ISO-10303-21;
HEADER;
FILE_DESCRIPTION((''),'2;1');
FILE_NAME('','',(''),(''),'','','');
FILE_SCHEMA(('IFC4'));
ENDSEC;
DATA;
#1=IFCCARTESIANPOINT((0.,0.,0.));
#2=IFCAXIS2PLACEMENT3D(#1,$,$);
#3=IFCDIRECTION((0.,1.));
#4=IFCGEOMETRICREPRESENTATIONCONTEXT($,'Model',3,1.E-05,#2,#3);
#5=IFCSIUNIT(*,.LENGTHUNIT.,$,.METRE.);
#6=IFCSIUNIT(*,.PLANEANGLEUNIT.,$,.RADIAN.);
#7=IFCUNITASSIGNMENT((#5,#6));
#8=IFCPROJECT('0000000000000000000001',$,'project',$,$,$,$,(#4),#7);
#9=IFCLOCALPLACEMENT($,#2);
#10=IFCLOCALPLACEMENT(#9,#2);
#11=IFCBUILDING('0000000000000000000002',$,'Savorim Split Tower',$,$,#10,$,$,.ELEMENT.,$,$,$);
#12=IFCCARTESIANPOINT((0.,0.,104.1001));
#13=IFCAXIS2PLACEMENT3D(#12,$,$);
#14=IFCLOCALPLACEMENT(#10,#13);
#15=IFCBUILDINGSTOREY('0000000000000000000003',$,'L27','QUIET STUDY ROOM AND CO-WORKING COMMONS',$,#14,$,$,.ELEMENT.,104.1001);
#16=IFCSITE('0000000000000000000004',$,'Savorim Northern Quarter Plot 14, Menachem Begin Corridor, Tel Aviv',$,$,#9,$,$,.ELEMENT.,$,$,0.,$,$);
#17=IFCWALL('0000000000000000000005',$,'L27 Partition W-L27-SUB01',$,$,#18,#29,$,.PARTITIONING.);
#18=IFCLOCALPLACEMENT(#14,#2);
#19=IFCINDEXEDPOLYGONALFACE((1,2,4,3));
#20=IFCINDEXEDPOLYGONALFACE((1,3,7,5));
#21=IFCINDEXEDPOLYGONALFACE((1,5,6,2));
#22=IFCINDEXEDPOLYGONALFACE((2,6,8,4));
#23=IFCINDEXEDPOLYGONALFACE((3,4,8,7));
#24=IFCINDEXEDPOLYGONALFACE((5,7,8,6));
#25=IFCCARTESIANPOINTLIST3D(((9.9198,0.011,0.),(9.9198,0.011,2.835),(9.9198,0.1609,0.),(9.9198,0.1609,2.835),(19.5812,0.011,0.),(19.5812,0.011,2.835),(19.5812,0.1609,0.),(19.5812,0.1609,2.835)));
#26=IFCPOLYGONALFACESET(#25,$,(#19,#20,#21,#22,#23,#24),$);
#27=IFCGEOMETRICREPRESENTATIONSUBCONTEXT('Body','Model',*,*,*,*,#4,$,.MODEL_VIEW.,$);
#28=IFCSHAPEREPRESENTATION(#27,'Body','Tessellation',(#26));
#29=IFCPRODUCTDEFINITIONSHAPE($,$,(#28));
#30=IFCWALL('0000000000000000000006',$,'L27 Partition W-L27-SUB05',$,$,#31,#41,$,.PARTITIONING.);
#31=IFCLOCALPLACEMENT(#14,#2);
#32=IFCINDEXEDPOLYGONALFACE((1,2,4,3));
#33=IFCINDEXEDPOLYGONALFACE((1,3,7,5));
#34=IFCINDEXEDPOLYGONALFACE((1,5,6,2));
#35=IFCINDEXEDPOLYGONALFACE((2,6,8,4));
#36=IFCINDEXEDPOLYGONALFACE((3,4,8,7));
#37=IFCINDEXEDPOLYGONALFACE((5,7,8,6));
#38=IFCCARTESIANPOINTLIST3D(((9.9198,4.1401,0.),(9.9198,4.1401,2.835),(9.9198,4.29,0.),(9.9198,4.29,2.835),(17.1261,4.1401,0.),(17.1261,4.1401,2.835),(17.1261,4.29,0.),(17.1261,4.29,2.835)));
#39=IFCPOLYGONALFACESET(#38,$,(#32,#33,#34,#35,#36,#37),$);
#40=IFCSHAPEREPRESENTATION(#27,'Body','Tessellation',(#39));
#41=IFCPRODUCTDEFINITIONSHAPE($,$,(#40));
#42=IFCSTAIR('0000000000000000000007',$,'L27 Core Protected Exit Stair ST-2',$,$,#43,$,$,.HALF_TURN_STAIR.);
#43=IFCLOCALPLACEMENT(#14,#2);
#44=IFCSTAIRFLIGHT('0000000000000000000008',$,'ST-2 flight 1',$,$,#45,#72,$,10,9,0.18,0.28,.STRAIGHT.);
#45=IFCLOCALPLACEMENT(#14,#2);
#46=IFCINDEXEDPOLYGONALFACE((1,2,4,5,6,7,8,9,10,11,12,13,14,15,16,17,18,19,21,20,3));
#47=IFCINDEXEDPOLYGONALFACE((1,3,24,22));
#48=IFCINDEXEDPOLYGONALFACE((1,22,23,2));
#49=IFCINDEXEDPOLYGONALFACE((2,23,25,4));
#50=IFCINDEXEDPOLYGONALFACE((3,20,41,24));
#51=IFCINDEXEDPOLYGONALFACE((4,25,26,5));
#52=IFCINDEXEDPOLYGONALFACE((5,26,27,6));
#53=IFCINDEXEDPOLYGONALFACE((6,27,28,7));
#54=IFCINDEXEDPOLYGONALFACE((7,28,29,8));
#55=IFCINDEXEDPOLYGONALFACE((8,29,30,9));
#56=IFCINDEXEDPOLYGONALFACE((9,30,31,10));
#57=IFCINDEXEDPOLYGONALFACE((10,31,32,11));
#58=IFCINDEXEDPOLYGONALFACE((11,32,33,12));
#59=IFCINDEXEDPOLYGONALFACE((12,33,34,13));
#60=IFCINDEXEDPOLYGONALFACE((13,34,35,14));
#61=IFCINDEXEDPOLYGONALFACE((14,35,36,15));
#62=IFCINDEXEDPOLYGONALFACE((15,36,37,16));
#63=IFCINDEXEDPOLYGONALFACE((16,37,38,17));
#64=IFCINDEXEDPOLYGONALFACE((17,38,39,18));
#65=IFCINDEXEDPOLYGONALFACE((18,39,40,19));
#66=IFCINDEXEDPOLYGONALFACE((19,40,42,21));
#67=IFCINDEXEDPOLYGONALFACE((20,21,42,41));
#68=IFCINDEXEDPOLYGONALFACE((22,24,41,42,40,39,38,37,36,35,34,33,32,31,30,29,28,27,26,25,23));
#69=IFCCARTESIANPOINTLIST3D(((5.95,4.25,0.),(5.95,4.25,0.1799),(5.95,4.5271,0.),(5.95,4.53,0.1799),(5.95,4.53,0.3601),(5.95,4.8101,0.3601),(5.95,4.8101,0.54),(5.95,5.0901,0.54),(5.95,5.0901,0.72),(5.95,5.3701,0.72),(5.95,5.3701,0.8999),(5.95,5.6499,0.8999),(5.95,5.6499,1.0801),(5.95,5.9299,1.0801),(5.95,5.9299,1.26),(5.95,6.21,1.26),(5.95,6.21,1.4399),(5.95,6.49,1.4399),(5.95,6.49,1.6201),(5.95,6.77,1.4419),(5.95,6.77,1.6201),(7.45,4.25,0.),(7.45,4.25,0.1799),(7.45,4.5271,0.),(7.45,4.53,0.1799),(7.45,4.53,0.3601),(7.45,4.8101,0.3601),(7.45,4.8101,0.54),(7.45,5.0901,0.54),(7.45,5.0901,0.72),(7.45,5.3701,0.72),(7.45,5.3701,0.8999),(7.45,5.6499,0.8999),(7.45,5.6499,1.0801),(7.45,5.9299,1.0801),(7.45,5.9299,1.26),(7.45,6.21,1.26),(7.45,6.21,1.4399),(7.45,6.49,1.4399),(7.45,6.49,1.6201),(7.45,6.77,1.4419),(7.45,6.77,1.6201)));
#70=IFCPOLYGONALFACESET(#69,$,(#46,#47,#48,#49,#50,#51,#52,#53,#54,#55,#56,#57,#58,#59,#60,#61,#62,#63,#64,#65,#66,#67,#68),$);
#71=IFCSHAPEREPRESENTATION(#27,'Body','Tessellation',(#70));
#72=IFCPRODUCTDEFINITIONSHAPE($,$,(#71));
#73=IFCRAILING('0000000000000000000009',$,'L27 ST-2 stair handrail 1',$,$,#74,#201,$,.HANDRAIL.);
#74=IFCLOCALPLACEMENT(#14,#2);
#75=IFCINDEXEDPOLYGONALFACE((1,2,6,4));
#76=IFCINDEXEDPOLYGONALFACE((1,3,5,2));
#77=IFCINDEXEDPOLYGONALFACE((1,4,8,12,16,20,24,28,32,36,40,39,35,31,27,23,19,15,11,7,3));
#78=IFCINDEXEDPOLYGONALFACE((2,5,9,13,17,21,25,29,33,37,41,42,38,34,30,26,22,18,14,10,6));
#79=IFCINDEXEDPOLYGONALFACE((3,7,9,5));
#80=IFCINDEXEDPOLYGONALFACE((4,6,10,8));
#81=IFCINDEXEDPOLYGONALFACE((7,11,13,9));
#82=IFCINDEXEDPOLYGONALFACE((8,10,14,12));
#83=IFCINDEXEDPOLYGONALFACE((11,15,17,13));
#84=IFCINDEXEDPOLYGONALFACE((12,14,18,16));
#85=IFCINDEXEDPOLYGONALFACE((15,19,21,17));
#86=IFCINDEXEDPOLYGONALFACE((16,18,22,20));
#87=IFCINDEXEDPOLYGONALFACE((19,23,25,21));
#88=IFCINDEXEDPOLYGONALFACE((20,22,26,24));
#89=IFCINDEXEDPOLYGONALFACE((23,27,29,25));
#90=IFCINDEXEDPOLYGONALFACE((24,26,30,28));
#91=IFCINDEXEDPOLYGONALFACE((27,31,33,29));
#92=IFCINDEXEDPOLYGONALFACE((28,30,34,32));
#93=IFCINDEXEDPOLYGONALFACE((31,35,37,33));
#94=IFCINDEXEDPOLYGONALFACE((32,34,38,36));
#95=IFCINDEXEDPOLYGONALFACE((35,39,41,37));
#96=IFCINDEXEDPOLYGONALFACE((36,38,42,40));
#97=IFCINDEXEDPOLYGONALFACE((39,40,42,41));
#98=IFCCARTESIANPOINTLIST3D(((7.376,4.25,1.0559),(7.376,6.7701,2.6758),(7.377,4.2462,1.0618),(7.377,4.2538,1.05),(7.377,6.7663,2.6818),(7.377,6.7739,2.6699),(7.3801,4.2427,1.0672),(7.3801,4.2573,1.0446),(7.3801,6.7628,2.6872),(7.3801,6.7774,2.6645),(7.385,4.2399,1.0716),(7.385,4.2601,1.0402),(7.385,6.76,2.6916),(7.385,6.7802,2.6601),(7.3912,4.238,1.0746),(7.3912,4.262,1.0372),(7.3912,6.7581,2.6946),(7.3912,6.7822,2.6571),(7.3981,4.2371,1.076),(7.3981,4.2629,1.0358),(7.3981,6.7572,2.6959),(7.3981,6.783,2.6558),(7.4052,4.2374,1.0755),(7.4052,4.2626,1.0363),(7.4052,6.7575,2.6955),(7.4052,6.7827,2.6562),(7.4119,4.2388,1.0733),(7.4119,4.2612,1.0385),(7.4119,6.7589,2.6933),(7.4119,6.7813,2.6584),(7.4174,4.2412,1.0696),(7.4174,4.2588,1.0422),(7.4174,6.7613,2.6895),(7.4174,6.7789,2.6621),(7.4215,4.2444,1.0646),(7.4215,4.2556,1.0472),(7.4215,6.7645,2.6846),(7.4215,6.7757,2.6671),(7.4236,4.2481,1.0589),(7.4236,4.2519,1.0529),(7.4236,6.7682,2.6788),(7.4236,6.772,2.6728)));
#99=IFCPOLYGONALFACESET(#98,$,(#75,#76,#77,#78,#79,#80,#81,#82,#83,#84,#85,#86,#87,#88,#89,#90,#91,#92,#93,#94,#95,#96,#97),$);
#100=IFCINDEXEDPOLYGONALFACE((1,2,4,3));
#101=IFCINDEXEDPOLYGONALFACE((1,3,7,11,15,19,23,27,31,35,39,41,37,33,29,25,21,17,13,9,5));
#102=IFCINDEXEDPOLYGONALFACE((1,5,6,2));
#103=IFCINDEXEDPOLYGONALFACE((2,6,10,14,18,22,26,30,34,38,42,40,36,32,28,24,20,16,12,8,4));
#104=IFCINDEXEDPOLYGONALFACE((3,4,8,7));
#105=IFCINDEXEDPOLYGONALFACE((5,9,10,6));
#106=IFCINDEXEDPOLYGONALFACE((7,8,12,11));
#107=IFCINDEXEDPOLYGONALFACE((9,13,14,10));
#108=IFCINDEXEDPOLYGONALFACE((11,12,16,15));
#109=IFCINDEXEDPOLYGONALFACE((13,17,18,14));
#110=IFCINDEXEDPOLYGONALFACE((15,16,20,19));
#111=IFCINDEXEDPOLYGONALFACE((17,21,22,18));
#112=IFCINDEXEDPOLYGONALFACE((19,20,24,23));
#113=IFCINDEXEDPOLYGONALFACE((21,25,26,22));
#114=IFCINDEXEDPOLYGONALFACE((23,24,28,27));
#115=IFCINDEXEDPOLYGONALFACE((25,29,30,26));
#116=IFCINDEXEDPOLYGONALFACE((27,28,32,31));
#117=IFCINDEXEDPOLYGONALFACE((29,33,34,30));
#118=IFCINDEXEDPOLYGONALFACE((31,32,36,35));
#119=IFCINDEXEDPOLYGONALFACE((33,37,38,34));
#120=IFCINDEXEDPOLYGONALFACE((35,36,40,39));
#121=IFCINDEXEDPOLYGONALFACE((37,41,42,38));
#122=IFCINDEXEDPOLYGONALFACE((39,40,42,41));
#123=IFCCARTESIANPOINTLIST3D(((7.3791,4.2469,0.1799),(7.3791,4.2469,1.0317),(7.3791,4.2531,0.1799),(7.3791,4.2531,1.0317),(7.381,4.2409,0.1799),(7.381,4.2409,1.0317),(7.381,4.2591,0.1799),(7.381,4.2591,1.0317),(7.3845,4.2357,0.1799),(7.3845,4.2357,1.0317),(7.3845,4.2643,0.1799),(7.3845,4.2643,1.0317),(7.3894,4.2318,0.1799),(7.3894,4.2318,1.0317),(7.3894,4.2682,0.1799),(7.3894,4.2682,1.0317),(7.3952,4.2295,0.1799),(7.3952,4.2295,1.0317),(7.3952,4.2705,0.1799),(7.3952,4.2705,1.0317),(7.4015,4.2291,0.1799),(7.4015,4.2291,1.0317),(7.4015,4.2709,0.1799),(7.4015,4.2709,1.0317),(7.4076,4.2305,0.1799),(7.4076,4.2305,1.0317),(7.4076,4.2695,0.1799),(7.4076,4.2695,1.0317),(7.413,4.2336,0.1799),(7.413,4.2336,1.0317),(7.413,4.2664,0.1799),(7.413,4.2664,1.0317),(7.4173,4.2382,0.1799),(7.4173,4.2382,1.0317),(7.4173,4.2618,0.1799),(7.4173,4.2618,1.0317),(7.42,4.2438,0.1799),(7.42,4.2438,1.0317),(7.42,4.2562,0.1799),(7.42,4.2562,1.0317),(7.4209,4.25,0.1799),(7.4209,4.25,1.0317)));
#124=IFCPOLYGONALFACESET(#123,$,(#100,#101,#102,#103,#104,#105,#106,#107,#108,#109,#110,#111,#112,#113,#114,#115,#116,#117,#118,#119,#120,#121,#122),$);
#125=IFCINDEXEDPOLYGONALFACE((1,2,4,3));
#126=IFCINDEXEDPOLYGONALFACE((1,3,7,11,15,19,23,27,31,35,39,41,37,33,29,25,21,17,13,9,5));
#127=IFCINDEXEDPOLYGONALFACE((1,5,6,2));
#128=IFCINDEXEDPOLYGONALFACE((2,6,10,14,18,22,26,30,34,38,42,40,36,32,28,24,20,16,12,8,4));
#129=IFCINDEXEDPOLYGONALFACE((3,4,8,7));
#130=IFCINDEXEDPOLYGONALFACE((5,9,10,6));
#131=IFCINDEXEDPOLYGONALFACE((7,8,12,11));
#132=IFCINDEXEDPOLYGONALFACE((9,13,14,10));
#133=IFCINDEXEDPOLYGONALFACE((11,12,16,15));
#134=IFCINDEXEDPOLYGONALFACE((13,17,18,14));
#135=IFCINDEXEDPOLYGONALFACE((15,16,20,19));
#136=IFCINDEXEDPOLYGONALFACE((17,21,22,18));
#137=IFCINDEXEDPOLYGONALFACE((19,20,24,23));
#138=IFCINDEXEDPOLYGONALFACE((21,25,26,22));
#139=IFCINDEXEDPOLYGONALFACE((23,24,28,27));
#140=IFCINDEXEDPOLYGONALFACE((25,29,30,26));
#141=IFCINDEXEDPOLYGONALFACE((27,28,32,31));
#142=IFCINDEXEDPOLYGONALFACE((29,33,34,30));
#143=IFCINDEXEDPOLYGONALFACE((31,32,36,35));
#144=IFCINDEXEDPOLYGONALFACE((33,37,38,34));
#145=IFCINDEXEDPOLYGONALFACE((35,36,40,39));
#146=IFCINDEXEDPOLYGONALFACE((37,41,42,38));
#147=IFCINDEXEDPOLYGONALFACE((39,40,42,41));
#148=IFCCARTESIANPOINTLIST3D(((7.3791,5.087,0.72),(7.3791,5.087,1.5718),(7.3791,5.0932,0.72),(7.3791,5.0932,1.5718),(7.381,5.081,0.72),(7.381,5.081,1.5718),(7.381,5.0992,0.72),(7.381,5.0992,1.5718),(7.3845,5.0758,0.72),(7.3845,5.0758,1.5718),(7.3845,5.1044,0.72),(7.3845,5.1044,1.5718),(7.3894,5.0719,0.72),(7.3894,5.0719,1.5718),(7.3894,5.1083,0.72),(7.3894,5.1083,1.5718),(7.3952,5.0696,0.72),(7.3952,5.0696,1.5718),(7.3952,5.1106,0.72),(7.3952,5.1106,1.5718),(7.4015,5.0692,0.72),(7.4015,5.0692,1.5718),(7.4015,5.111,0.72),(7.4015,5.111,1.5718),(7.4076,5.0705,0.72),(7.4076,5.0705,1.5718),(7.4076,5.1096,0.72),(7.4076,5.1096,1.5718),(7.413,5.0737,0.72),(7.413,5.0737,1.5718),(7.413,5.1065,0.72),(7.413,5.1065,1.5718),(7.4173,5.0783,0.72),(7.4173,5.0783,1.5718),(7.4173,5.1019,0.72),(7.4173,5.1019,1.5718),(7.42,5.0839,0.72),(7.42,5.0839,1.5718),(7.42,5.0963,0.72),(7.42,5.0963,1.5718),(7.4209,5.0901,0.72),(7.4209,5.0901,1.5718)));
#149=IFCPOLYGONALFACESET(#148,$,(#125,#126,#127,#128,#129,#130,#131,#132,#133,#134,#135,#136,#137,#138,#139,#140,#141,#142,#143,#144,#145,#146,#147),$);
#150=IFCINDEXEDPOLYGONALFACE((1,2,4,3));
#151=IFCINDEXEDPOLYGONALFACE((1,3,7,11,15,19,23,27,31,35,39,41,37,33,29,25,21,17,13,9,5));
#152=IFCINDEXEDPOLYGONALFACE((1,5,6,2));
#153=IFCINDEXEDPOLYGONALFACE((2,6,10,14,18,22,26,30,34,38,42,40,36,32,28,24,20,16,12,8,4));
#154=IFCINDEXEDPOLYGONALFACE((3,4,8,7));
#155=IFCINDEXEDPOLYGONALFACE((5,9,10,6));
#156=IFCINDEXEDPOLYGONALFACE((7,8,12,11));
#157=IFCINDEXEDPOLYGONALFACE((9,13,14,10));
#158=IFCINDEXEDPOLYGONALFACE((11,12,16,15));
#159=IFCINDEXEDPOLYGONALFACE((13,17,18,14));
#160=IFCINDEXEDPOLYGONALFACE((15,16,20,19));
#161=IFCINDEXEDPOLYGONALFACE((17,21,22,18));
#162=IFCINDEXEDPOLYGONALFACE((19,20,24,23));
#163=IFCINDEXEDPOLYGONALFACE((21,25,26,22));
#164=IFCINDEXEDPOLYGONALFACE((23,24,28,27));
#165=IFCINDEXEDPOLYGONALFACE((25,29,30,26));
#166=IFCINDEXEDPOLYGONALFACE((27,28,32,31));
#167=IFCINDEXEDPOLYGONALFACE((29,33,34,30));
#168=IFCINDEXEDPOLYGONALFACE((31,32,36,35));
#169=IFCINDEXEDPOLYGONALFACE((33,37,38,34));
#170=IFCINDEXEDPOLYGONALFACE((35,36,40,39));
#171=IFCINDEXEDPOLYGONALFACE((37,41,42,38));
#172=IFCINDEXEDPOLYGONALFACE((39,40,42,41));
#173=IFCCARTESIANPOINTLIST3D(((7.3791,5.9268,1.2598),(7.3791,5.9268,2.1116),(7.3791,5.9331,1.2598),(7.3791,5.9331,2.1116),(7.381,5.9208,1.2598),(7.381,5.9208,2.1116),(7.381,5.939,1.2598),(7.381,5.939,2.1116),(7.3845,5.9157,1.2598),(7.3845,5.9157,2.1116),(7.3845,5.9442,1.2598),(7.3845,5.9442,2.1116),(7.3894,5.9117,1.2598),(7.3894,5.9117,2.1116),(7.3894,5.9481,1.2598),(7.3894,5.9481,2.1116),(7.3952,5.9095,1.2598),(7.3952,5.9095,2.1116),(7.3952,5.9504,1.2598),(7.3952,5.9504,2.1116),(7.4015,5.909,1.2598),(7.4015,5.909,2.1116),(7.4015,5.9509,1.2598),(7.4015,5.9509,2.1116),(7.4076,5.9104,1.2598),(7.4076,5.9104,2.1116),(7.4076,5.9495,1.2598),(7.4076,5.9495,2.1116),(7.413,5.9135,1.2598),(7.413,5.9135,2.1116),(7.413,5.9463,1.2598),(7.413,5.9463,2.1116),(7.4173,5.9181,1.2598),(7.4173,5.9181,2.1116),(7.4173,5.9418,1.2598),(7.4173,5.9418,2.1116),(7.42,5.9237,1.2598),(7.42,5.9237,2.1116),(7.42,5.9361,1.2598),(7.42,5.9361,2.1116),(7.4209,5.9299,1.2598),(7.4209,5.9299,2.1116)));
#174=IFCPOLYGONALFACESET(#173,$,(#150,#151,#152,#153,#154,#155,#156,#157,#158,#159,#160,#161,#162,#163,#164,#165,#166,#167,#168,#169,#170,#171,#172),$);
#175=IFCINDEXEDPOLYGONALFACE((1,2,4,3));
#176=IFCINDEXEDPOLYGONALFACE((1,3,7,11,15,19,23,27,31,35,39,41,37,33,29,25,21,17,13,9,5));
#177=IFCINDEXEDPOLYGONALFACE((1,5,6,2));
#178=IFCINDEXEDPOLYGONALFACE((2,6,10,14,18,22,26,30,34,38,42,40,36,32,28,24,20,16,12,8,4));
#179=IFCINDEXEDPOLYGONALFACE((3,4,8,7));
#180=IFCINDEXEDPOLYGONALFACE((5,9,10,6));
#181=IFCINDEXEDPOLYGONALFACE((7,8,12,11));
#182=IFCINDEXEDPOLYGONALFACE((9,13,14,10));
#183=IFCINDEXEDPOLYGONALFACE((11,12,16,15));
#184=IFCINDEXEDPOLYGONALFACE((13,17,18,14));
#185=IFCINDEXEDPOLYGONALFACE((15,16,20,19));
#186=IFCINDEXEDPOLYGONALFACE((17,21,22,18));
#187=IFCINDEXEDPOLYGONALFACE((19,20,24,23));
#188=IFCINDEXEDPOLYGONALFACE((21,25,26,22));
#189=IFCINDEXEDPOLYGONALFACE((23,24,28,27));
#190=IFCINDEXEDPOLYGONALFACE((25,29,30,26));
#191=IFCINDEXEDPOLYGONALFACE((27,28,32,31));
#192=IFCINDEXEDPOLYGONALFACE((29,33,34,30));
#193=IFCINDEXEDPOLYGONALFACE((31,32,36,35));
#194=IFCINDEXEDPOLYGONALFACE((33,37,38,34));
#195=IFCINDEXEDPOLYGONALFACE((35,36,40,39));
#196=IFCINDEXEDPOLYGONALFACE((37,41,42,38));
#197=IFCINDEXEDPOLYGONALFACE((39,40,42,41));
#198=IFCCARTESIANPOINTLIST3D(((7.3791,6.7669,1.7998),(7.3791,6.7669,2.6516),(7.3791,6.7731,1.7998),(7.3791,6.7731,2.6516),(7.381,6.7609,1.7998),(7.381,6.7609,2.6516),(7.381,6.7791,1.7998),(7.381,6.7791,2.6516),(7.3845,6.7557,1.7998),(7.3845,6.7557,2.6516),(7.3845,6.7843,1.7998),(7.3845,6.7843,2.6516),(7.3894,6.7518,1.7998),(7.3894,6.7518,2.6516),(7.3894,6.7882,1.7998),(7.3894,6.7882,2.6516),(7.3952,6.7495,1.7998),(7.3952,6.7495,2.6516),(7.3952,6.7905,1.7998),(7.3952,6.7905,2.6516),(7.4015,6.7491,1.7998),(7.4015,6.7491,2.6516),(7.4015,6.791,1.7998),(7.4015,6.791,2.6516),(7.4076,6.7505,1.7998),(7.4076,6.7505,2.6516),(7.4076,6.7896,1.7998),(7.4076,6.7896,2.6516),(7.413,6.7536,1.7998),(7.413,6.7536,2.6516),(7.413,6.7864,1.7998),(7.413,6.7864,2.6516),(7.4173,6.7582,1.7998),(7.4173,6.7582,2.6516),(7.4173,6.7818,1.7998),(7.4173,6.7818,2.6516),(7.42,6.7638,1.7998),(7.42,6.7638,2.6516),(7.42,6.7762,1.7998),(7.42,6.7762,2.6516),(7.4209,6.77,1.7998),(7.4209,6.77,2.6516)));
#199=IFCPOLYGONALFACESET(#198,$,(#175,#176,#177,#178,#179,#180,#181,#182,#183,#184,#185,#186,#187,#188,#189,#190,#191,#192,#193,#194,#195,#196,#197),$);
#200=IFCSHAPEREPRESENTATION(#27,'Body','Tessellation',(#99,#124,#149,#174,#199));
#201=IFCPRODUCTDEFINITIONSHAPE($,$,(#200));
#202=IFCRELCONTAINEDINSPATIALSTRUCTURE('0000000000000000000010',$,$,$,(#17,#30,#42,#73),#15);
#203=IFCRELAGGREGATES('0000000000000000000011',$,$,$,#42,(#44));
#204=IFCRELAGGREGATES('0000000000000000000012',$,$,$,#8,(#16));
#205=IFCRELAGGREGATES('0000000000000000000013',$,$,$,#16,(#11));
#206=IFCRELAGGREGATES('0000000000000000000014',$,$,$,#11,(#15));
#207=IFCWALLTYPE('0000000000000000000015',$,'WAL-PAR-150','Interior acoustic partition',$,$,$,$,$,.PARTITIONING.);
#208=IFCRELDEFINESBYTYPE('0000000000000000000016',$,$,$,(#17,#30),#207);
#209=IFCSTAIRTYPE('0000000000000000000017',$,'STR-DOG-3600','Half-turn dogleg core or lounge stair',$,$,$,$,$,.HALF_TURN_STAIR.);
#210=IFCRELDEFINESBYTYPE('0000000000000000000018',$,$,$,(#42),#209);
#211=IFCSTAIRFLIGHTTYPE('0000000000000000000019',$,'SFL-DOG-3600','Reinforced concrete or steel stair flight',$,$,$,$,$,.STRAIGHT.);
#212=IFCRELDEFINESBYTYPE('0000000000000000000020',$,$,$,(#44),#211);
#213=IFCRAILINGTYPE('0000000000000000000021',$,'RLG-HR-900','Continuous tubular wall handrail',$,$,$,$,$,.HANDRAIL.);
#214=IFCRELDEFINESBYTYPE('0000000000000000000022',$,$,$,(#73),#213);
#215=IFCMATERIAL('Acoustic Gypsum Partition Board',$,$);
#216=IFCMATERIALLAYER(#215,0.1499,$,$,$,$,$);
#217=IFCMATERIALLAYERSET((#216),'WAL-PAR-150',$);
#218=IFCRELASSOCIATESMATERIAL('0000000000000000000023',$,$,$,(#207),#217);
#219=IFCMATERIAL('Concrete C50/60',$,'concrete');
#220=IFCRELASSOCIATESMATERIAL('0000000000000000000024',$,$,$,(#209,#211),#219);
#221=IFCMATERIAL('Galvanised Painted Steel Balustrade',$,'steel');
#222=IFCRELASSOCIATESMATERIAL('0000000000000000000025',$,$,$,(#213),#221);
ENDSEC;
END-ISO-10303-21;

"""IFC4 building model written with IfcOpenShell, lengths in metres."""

from ifc_helpers import new_model, si_unit, direction, frame, frame_2d, origin, origin_2d, place, context, subcontext, project, spatial, polyline, rectangle, circle, outline, extrude, material, layer, layer_set, type_object, element, aggregate, save


model = new_model("IFC4")

# Units and contexts
model_context = context("Model", 3, precision=1e-05, world=origin(), true_north=direction((0.0, 1.0)))
body_context = subcontext(model_context, "Body", "Model", "MODEL_VIEW")
ifc_project = project(units=[si_unit("LENGTHUNIT", "METRE"), si_unit("PLANEANGLEUNIT", "RADIAN")], contexts=[model_context])

# Site, building, storey
site_placement = place(None, origin())
site = spatial("IfcSite", under=ifc_project, at=site_placement, Name="Savorim Northern Quarter Plot 14, Menachem Begin Corridor, Tel Aviv", CompositionType="ELEMENT", RefElevation=0.0)
building_placement = place(site_placement, origin())
building = spatial("IfcBuilding", under=site, at=building_placement, Name="Savorim Split Tower", CompositionType="ELEMENT")
storey_placement = place(building_placement, frame((0.0, 0.0, 104.1001)))
storey = spatial("IfcBuildingStorey", under=building, at=storey_placement, Name="L27", Description="QUIET STUDY ROOM AND CO-WORKING COMMONS", CompositionType="ELEMENT", Elevation=104.1001)

# Shared definitions
ifc_material_1 = material(Name="Concrete C50/60", Category="concrete")

# Walls
ifc_material_2 = material(Name="Acoustic Gypsum Partition Board")
ifc_layer_1 = layer(ifc_material_2, 0.1499)
ifc_layer_set_1 = layer_set([ifc_layer_1], Name="WAL-PAR-150")
wall_type_1 = type_object("IfcWallType", Name="WAL-PAR-150", Description="Interior acoustic partition", PredefinedType="PARTITIONING", material=ifc_layer_set_1)
wall_1_placement = place(storey_placement, frame((9.9199, 0.0859, 0.0), z_axis=(0.0, 0.0, 1.0), x_axis=(1.0, 0.0, 0.0)))
element("IfcWall", 1, at=wall_1_placement, inside=storey, type_object=wall_type_1, Name="L27 Partition W-L27-SUB01", PredefinedType="PARTITIONING", context=body_context, shape_type="SweptSolid", body=[
    extrude(rectangle(XDim=9.6614, YDim=0.1499, at=frame_2d((4.8306, 0.0))), origin(), (0.0, 0.0, 1.0), 2.835),
])
wall_2_placement = place(storey_placement, frame((9.9199, 4.2151, 0.0), z_axis=(0.0, 0.0, 1.0), x_axis=(1.0, 0.0, 0.0)))
element("IfcWall", 2, at=wall_2_placement, inside=storey, type_object=wall_type_1, Name="L27 Partition W-L27-SUB05", PredefinedType="PARTITIONING", context=body_context, shape_type="SweptSolid", body=[
    extrude(rectangle(XDim=7.2063, YDim=0.1499, at=frame_2d((3.603, 0.0))), origin(), (0.0, 0.0, 1.0), 2.835),
])

# Stair, stair flight
stair_type = type_object("IfcStairType", Name="STR-DOG-3600", Description="Half-turn dogleg core or lounge stair", PredefinedType="HALF_TURN_STAIR", material=ifc_material_1)
stair_placement = place(storey_placement, origin())
stair = element("IfcStair", 3, at=stair_placement, inside=storey, type_object=stair_type, Name="L27 Core Protected Exit Stair ST-2", PredefinedType="HALF_TURN_STAIR")
stair_flight_type = type_object("IfcStairFlightType", Name="SFL-DOG-3600", Description="Reinforced concrete or steel stair flight", PredefinedType="STRAIGHT", material=ifc_material_1)
stair_flight_placement = place(storey_placement, frame((6.7, 4.25, 0.0), z_axis=(0.0, 0.0, 1.0), x_axis=(0.0, 1.0, 0.0)))
stair_flight = element("IfcStairFlight", 4, at=stair_flight_placement, type_object=stair_flight_type, Name="ST-2 flight 1", NumberOfRisers=10, NumberOfTreads=9, PredefinedType="STRAIGHT", RiserHeight=0.18, TreadLength=0.28, context=body_context, shape_type="SweptSolid", body=[
    extrude(outline(polyline([(0.0, 0.0), (0.0, 0.1799), (0.28, 0.1799), (0.28, 0.3601), (0.5601, 0.3601), (0.5601, 0.54), (0.8401, 0.54), (0.8401, 0.72), (1.1201, 0.72), (1.1201, 0.8999), (1.3999, 0.8999), (1.3999, 1.0801), (1.6799, 1.0801), (1.6799, 1.26), (1.96, 1.26), (1.96, 1.4399), (2.24, 1.4399), (2.24, 1.6201), (2.52, 1.6201), (2.52, 1.8), (2.52, 1.4419), (0.2771, 0.0), (0.0, 0.0)])), frame((0.0, 0.75, 0.0), z_axis=(0.0, -1.0, 0.0), x_axis=(1.0, 0.0, 0.0)), (0.0, 0.0, 1.0), 1.5),
])
aggregate(stair, [stair_flight])

# Railing
ifc_material_3 = material(Name="Galvanised Painted Steel Balustrade", Category="steel")
railing_type_1 = type_object("IfcRailingType", Name="RLG-HR-900", Description="Continuous tubular wall handrail", PredefinedType="HANDRAIL", material=ifc_material_3)
railing_1_placement = place(storey_placement, frame((7.3999, 4.25, 0.1799)))
element("IfcRailing", 5, at=railing_1_placement, inside=storey, type_object=railing_type_1, Name="L27 ST-2 stair handrail 1", PredefinedType="HANDRAIL", context=body_context, shape_type="SweptSolid", body=[
    extrude(circle(Radius=0.0239, at=origin_2d()), frame((0.0, 0.0, 0.876), z_axis=(0.0, 0.8412, 0.540725), x_axis=(-1.0, 0.0, 0.0)), (0.0, 0.0, 1.0), 2.9958),
    extrude(circle(Radius=0.021, at=origin_2d()), origin(), (0.0, 0.0, 1.0), 0.8518),
    extrude(circle(Radius=0.021, at=origin_2d()), frame((0.0, 0.8401, 0.54)), (0.0, 0.0, 1.0), 0.8518),
    extrude(circle(Radius=0.021, at=origin_2d()), frame((0.0, 1.6799, 1.0798)), (0.0, 0.0, 1.0), 0.8518),
    extrude(circle(Radius=0.021, at=origin_2d()), frame((0.0, 2.52, 1.6199)), (0.0, 0.0, 1.0), 0.8518),
])

save(model, "model.ifc")
